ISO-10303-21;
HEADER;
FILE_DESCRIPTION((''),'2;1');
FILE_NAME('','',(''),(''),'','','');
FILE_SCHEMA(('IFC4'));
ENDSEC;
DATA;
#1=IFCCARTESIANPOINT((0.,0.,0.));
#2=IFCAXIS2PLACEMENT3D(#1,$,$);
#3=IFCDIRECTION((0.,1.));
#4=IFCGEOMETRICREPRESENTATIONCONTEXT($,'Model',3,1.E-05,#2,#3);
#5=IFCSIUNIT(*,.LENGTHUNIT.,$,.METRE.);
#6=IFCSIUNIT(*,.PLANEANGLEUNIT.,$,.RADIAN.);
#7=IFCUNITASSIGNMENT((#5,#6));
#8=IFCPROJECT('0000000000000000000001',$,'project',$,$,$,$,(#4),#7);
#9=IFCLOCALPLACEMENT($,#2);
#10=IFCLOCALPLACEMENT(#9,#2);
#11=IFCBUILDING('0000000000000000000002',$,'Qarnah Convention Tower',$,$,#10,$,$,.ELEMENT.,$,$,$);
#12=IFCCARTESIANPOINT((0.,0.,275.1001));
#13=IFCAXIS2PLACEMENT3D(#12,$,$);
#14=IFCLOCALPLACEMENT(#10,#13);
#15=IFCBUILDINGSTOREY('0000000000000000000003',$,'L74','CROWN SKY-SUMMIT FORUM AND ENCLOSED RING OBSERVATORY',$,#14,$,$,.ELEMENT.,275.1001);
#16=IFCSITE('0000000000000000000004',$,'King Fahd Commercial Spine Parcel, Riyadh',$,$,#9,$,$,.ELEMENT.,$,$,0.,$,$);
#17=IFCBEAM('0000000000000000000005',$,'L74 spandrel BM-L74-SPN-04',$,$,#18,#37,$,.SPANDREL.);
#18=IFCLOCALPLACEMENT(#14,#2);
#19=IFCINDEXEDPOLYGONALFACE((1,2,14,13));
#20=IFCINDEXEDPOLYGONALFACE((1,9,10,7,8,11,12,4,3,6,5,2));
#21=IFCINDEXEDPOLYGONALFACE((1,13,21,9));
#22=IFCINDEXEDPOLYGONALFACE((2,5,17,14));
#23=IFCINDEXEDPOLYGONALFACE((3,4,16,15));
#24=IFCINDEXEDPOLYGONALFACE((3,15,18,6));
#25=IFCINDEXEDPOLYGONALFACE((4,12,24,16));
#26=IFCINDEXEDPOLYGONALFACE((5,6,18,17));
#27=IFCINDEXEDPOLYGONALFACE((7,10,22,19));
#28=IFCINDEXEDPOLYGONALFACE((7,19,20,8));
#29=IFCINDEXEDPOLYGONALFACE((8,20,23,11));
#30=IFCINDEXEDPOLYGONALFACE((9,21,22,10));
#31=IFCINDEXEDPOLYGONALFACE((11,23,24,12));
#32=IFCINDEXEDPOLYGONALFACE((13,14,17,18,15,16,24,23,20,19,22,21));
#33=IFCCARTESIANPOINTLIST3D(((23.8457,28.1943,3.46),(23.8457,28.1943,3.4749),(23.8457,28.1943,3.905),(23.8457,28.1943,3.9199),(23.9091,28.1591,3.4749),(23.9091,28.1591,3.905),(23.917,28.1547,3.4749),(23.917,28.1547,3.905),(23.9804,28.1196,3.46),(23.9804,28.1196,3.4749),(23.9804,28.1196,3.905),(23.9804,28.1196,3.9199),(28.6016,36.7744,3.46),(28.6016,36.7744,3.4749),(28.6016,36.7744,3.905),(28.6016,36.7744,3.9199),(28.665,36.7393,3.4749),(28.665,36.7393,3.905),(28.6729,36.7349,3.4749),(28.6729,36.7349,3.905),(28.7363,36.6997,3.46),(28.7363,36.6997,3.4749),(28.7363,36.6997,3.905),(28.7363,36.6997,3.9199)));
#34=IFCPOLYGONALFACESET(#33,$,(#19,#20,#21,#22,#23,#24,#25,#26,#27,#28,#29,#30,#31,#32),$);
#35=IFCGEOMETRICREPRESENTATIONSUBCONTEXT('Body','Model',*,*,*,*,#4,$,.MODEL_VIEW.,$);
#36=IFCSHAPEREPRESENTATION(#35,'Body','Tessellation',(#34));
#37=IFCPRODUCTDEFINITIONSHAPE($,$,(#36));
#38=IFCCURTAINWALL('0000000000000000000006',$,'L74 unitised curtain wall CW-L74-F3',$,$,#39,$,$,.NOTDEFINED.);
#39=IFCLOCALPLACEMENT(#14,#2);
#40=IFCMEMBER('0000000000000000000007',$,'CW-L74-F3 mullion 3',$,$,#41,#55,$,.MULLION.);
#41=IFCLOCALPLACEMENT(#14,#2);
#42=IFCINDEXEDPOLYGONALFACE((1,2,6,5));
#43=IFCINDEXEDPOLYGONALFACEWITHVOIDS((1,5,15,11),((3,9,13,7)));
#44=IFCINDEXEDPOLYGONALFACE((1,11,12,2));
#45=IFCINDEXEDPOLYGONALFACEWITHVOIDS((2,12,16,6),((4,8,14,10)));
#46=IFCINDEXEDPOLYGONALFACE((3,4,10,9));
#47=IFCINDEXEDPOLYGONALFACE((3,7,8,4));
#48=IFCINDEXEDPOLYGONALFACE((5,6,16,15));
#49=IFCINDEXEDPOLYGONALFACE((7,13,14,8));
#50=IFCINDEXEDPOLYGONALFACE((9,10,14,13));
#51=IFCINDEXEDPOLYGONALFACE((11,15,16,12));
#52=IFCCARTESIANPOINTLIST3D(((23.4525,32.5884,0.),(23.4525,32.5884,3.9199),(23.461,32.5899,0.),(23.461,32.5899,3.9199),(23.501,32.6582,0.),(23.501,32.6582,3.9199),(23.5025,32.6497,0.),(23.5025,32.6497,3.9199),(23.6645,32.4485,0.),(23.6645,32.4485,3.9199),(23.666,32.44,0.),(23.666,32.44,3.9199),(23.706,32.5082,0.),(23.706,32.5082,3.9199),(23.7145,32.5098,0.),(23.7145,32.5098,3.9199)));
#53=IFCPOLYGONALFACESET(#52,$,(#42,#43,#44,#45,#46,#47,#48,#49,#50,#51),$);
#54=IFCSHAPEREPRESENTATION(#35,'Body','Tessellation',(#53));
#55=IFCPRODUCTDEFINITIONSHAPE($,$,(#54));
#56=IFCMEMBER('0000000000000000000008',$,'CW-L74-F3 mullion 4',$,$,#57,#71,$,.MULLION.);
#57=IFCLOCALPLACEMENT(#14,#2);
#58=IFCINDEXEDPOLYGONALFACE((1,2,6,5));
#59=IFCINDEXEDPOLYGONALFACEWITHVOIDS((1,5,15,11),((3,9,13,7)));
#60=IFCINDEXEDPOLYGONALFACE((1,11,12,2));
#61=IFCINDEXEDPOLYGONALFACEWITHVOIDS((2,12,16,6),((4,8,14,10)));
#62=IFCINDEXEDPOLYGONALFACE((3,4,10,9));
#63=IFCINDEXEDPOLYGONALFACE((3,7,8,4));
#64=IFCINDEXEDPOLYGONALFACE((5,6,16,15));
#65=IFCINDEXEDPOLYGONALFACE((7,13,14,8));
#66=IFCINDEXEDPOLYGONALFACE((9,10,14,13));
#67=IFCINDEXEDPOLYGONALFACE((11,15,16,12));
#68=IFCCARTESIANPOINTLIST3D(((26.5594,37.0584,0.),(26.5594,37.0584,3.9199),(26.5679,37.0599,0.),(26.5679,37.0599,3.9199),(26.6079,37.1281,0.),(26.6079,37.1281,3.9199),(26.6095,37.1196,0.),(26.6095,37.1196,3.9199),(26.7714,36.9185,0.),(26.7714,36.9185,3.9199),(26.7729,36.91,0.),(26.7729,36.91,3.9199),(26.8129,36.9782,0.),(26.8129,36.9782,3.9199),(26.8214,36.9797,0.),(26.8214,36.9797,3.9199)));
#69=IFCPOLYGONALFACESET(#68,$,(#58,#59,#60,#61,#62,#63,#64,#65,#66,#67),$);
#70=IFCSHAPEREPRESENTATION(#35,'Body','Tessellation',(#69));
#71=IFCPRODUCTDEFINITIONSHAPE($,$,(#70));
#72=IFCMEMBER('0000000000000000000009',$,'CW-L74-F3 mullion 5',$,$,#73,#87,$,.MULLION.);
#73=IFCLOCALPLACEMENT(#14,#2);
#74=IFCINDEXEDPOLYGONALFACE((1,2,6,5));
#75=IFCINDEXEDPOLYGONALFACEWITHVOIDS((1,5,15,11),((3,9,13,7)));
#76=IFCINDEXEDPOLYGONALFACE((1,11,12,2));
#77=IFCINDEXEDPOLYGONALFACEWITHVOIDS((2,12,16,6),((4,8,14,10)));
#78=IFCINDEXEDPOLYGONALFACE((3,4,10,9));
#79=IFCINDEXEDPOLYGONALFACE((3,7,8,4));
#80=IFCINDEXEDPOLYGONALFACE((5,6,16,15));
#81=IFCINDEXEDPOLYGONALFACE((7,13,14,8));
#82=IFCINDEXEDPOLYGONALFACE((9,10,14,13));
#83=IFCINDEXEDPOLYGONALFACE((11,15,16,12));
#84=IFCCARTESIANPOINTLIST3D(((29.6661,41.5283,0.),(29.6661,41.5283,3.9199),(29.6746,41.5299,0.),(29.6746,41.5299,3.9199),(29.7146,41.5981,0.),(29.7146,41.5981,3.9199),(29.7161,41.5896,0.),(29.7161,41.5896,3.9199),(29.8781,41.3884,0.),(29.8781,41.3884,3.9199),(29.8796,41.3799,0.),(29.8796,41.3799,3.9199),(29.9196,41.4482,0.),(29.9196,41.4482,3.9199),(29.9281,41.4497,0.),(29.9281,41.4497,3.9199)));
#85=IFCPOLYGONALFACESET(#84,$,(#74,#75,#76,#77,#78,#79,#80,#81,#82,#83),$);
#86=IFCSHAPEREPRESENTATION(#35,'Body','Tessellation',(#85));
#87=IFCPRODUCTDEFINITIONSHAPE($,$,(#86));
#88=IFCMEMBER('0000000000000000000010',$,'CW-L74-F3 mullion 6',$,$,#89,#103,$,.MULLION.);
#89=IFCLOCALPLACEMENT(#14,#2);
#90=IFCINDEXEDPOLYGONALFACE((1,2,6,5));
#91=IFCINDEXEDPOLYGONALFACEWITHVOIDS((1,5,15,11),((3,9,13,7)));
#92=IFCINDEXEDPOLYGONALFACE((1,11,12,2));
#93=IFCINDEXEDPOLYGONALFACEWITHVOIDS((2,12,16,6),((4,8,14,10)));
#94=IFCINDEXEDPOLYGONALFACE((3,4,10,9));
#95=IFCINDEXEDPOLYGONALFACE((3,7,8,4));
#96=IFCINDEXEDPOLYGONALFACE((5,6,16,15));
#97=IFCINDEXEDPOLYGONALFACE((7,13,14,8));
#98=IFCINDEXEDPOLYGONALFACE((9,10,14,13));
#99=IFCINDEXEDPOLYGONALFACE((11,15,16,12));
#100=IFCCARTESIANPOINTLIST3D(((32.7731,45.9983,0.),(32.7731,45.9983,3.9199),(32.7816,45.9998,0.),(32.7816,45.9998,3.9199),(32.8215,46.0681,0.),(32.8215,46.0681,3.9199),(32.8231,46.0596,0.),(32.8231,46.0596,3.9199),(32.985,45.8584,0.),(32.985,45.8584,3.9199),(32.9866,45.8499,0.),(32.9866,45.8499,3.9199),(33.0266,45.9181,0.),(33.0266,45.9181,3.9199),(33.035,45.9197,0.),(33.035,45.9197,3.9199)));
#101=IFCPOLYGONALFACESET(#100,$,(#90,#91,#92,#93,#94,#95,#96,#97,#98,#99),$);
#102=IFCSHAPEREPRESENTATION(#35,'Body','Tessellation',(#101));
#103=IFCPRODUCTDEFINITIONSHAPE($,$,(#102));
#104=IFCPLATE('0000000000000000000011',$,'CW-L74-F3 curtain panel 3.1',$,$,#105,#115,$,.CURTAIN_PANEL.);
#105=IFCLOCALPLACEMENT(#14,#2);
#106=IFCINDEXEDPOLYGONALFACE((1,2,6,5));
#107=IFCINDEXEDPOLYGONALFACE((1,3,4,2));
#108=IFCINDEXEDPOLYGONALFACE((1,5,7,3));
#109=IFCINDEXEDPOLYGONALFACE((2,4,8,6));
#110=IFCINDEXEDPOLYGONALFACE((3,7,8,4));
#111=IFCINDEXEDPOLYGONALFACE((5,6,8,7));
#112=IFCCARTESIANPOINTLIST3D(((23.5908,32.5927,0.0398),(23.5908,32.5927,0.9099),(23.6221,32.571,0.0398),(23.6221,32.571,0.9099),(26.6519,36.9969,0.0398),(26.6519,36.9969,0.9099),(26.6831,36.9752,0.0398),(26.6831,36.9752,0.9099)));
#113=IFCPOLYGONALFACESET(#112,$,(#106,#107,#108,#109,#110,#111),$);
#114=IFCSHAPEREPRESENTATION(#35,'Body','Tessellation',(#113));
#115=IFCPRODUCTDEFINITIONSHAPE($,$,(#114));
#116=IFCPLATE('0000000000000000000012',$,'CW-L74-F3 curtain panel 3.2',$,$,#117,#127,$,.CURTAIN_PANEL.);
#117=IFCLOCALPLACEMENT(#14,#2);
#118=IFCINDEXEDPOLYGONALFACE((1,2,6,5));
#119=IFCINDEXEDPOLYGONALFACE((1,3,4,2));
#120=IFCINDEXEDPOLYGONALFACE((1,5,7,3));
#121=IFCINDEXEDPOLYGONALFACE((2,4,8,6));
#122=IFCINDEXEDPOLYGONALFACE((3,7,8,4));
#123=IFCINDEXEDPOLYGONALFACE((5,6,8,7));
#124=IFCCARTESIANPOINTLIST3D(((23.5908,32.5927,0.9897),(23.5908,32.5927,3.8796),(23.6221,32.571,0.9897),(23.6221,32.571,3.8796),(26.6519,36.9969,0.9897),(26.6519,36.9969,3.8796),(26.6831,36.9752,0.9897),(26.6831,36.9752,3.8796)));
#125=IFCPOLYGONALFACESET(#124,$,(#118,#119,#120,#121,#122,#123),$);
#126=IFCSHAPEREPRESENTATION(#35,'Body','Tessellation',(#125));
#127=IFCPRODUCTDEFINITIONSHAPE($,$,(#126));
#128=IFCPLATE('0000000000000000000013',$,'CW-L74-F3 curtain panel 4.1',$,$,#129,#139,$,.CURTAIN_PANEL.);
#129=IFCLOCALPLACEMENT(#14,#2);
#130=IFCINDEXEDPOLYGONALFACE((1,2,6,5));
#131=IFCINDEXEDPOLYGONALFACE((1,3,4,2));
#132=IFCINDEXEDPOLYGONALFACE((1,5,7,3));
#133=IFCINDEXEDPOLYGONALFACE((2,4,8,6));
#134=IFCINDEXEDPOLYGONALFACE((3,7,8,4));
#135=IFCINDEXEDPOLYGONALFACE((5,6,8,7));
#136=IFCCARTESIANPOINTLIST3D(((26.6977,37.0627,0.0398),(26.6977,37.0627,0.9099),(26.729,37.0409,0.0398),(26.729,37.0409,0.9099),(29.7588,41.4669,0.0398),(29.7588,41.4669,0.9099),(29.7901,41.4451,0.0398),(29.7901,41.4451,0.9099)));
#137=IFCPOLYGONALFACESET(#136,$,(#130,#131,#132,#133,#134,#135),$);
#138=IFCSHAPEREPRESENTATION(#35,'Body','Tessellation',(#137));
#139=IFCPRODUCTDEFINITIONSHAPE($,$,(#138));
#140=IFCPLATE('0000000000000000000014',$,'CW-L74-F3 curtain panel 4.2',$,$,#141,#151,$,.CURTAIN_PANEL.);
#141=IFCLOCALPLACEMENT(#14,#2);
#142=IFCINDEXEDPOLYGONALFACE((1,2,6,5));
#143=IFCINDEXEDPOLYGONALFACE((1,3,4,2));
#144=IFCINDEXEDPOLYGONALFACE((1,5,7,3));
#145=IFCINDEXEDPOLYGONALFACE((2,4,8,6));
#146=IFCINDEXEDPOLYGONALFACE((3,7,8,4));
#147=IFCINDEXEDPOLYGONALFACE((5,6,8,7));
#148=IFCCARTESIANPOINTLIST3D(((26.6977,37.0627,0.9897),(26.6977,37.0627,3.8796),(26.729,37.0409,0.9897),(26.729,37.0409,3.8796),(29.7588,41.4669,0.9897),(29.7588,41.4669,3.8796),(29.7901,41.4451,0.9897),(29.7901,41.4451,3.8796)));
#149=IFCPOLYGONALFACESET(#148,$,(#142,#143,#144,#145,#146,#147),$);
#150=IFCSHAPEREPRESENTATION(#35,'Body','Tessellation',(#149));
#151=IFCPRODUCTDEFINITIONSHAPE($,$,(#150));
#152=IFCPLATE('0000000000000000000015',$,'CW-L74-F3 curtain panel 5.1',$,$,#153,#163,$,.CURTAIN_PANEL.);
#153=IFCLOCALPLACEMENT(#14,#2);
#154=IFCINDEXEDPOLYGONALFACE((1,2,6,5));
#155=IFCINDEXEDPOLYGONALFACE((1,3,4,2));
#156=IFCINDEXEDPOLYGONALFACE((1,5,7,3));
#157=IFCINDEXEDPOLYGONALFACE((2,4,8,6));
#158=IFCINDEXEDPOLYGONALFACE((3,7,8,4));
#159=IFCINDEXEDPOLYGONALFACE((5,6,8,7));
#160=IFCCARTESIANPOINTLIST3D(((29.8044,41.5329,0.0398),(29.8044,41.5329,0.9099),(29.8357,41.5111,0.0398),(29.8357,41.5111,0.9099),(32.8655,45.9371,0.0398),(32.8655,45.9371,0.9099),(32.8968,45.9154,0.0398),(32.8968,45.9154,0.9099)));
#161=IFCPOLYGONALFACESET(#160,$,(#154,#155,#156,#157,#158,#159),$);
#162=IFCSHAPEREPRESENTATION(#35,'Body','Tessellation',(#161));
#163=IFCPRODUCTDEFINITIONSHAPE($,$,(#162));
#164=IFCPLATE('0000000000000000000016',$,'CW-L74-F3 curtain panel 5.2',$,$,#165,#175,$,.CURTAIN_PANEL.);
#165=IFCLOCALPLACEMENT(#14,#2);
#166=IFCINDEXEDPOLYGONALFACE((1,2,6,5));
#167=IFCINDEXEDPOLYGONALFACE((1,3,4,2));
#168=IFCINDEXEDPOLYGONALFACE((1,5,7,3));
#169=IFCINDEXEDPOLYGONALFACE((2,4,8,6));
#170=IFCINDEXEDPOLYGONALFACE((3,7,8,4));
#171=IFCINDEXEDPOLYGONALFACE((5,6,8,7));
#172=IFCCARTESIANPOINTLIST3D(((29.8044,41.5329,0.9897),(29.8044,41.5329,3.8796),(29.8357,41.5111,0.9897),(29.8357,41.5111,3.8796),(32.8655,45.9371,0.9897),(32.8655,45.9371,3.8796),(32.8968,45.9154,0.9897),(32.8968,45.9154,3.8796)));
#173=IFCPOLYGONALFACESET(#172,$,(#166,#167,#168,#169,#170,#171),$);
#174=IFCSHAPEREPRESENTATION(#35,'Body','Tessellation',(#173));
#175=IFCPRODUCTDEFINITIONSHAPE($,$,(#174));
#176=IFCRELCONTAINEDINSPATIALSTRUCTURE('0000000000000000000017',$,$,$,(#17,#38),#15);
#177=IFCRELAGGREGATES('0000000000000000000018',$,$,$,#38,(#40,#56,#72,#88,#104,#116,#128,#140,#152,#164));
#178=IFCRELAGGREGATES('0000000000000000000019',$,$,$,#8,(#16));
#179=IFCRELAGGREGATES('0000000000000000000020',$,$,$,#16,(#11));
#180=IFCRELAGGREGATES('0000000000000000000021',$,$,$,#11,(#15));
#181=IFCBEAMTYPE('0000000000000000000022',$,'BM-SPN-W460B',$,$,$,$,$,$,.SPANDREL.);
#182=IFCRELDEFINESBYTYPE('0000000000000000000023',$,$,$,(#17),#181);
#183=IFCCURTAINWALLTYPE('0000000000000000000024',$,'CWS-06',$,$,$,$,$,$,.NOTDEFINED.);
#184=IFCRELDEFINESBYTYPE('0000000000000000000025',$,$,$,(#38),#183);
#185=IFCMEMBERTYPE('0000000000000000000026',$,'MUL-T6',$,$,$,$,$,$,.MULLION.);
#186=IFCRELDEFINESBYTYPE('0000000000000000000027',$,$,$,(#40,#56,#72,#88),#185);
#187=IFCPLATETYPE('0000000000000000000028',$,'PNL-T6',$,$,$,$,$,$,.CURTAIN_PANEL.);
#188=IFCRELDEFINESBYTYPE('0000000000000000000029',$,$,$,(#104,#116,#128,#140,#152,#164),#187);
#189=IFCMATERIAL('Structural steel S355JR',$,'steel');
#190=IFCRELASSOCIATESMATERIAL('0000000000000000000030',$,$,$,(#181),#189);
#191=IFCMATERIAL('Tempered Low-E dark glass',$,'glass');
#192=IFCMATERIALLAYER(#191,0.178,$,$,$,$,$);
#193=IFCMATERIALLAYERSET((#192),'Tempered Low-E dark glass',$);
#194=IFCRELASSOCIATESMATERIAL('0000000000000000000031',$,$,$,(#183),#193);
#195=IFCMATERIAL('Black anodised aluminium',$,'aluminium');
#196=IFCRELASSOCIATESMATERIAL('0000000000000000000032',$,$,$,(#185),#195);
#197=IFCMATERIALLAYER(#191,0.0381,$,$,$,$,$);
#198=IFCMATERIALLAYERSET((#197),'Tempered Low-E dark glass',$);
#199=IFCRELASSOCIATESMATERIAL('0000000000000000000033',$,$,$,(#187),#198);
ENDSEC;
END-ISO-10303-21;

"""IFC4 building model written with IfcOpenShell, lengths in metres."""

from ifc_helpers import new_model, si_unit, direction, frame, origin, origin_2d, place, context, subcontext, project, spatial, rectangle, hollow_rectangle, i_section, extrude, material, layer, layer_set, material_profile, profile_set, type_object, element, aggregate, save


model = new_model("IFC4")

# Units and contexts
model_context = context("Model", 3, precision=1e-05, world=origin(), true_north=direction((0.0, 1.0)))
body_context = subcontext(model_context, "Body", "Model", "MODEL_VIEW")
ifc_project = project(units=[si_unit("LENGTHUNIT", "METRE"), si_unit("PLANEANGLEUNIT", "RADIAN")], contexts=[model_context])

# Site, building, storey
site_placement = place(None, origin())
site = spatial("IfcSite", under=ifc_project, at=site_placement, Name="King Fahd Commercial Spine Parcel, Riyadh", CompositionType="ELEMENT", RefElevation=0.0)
building_placement = place(site_placement, origin())
building = spatial("IfcBuilding", under=site, at=building_placement, Name="Qarnah Convention Tower", CompositionType="ELEMENT")
storey_placement = place(building_placement, frame((0.0, 0.0, 275.1001)))
storey = spatial("IfcBuildingStorey", under=building, at=storey_placement, Name="L74", Description="CROWN SKY-SUMMIT FORUM AND ENCLOSED RING OBSERVATORY", CompositionType="ELEMENT", Elevation=275.1001)

# Beam
ifc_material_1 = material(Name="Structural steel S355JR", Category="steel")
ifc_material_profile_1 = material_profile(ifc_material_1, i_section(OverallWidth=0.1541, OverallDepth=0.46, WebThickness=0.009, FlangeThickness=0.0149, at=origin_2d()), Name="W460X68")
ifc_profile_set_1 = profile_set([ifc_material_profile_1], Name="Structural steel S355JR")
beam_type_1 = type_object("IfcBeamType", Name="BM-SPN-W460B", PredefinedType="SPANDREL", material=ifc_profile_set_1)
beam_1_placement = place(storey_placement, frame((28.6689, 36.7371, 3.6899), z_axis=(-0.484797, -0.874626, 0.0), x_axis=(0.874626, -0.484797, 0.0)))
element("IfcBeam", 1, at=beam_1_placement, inside=storey, type_object=beam_type_1, Name="L74 spandrel BM-L74-SPN-04", PredefinedType="SPANDREL", context=body_context, shape_type="SweptSolid", body=[
    extrude(i_section(OverallWidth=0.1541, OverallDepth=0.46, WebThickness=0.009, FlangeThickness=0.0149, at=origin_2d()), origin(), (0.0, 0.0, 1.0), 9.8101),
])

# Curtain wall, members, plates
ifc_material_2 = material(Name="Tempered Low-E dark glass", Category="glass")
ifc_layer_1 = layer(ifc_material_2, 0.178)
ifc_layer_set_1 = layer_set([ifc_layer_1], Name="Tempered Low-E dark glass")
curtain_wall_type = type_object("IfcCurtainWallType", Name="CWS-06", PredefinedType="NOTDEFINED", material=ifc_layer_set_1)
curtain_wall_placement = place(storey_placement, origin())
curtain_wall = element("IfcCurtainWall", 2, at=curtain_wall_placement, inside=storey, type_object=curtain_wall_type, Name="L74 unitised curtain wall CW-L74-F3", PredefinedType="NOTDEFINED")
ifc_material_3 = material(Name="Black anodised aluminium", Category="aluminium")
ifc_material_profile_2 = material_profile(ifc_material_3, hollow_rectangle(XDim=0.085, YDim=0.26, WallThickness=0.0061, at=origin_2d()), Name="MUL-85X260")
ifc_profile_set_2 = profile_set([ifc_material_profile_2], Name="Black anodised aluminium")
member_type = type_object("IfcMemberType", Name="MUL-T6", PredefinedType="MULLION", material=ifc_profile_set_2)
member_1_placement = place(storey_placement, frame((23.5835, 32.5491, 0.0), z_axis=(0.0, 0.0, 1.0), x_axis=(0.570722, 0.821143, 0.0)))
member_1 = element("IfcMember", 3, at=member_1_placement, type_object=member_type, Name="CW-L74-F3 mullion 3", PredefinedType="MULLION", context=body_context, shape_type="SweptSolid", body=[
    extrude(hollow_rectangle(XDim=0.085, YDim=0.26, WallThickness=0.0061, at=origin_2d()), origin(), (0.0, 0.0, 1.0), 3.9199),
])
member_2_placement = place(storey_placement, frame((26.6904, 37.019, 0.0), z_axis=(0.0, 0.0, 1.0), x_axis=(0.570722, 0.821143, 0.0)))
member_2 = element("IfcMember", 4, at=member_2_placement, type_object=member_type, Name="CW-L74-F3 mullion 4", PredefinedType="MULLION", context=body_context, shape_type="SweptSolid", body=[
    extrude(hollow_rectangle(XDim=0.085, YDim=0.26, WallThickness=0.0061, at=origin_2d()), origin(), (0.0, 0.0, 1.0), 3.9199),
])
member_3_placement = place(storey_placement, frame((29.7971, 41.489, 0.0), z_axis=(0.0, 0.0, 1.0), x_axis=(0.570722, 0.821143, 0.0)))
member_3 = element("IfcMember", 5, at=member_3_placement, type_object=member_type, Name="CW-L74-F3 mullion 5", PredefinedType="MULLION", context=body_context, shape_type="SweptSolid", body=[
    extrude(hollow_rectangle(XDim=0.085, YDim=0.26, WallThickness=0.0061, at=origin_2d()), origin(), (0.0, 0.0, 1.0), 3.9199),
])
member_4_placement = place(storey_placement, frame((32.9041, 45.959, 0.0), z_axis=(0.0, 0.0, 1.0), x_axis=(0.570722, 0.821143, 0.0)))
member_4 = element("IfcMember", 6, at=member_4_placement, type_object=member_type, Name="CW-L74-F3 mullion 6", PredefinedType="MULLION", context=body_context, shape_type="SweptSolid", body=[
    extrude(hollow_rectangle(XDim=0.085, YDim=0.26, WallThickness=0.0061, at=origin_2d()), origin(), (0.0, 0.0, 1.0), 3.9199),
])
ifc_layer_2 = layer(ifc_material_2, 0.0381)
ifc_layer_set_2 = layer_set([ifc_layer_2], Name="Tempered Low-E dark glass")
plate_type = type_object("IfcPlateType", Name="PNL-T6", PredefinedType="CURTAIN_PANEL", material=ifc_layer_set_2)
plate_1_placement = place(storey_placement, frame((25.137, 34.7839, 0.0398), z_axis=(0.0, 0.0, 1.0), x_axis=(0.570722, 0.821143, 0.0)))
plate_1 = element("IfcPlate", 7, at=plate_1_placement, type_object=plate_type, Name="CW-L74-F3 curtain panel 3.1", PredefinedType="CURTAIN_PANEL", context=body_context, shape_type="SweptSolid", body=[
    extrude(rectangle(XDim=5.3635, YDim=0.0381, at=origin_2d()), origin(), (0.0, 0.0, 1.0), 0.8701),
])
plate_2_placement = place(storey_placement, frame((25.137, 34.7839, 0.9897), z_axis=(0.0, 0.0, 1.0), x_axis=(0.570722, 0.821143, 0.0)))
plate_2 = element("IfcPlate", 8, at=plate_2_placement, type_object=plate_type, Name="CW-L74-F3 curtain panel 3.2", PredefinedType="CURTAIN_PANEL", context=body_context, shape_type="SweptSolid", body=[
    extrude(rectangle(XDim=5.3635, YDim=0.0381, at=origin_2d()), origin(), (0.0, 0.0, 1.0), 2.8899),
])
plate_3_placement = place(storey_placement, frame((28.2439, 39.2539, 0.0398), z_axis=(0.0, 0.0, 1.0), x_axis=(0.570722, 0.821143, 0.0)))
plate_3 = element("IfcPlate", 9, at=plate_3_placement, type_object=plate_type, Name="CW-L74-F3 curtain panel 4.1", PredefinedType="CURTAIN_PANEL", context=body_context, shape_type="SweptSolid", body=[
    extrude(rectangle(XDim=5.3635, YDim=0.0381, at=origin_2d()), origin(), (0.0, 0.0, 1.0), 0.8701),
])
plate_4_placement = place(storey_placement, frame((28.2439, 39.2539, 0.9897), z_axis=(0.0, 0.0, 1.0), x_axis=(0.570722, 0.821143, 0.0)))
plate_4 = element("IfcPlate", 10, at=plate_4_placement, type_object=plate_type, Name="CW-L74-F3 curtain panel 4.2", PredefinedType="CURTAIN_PANEL", context=body_context, shape_type="SweptSolid", body=[
    extrude(rectangle(XDim=5.3635, YDim=0.0381, at=origin_2d()), origin(), (0.0, 0.0, 1.0), 2.8899),
])
plate_5_placement = place(storey_placement, frame((31.3506, 43.7241, 0.0398), z_axis=(0.0, 0.0, 1.0), x_axis=(0.570722, 0.821143, 0.0)))
plate_5 = element("IfcPlate", 11, at=plate_5_placement, type_object=plate_type, Name="CW-L74-F3 curtain panel 5.1", PredefinedType="CURTAIN_PANEL", context=body_context, shape_type="SweptSolid", body=[
    extrude(rectangle(XDim=5.3635, YDim=0.0381, at=origin_2d()), origin(), (0.0, 0.0, 1.0), 0.8701),
])
plate_6_placement = place(storey_placement, frame((31.3506, 43.7241, 0.9897), z_axis=(0.0, 0.0, 1.0), x_axis=(0.570722, 0.821143, 0.0)))
plate_6 = element("IfcPlate", 12, at=plate_6_placement, type_object=plate_type, Name="CW-L74-F3 curtain panel 5.2", PredefinedType="CURTAIN_PANEL", context=body_context, shape_type="SweptSolid", body=[
    extrude(rectangle(XDim=5.3635, YDim=0.0381, at=origin_2d()), origin(), (0.0, 0.0, 1.0), 2.8899),
])
aggregate(curtain_wall, [member_1, member_2, member_3, member_4, plate_1, plate_2, plate_3, plate_4, plate_5, plate_6])

save(model, "model.ifc")
